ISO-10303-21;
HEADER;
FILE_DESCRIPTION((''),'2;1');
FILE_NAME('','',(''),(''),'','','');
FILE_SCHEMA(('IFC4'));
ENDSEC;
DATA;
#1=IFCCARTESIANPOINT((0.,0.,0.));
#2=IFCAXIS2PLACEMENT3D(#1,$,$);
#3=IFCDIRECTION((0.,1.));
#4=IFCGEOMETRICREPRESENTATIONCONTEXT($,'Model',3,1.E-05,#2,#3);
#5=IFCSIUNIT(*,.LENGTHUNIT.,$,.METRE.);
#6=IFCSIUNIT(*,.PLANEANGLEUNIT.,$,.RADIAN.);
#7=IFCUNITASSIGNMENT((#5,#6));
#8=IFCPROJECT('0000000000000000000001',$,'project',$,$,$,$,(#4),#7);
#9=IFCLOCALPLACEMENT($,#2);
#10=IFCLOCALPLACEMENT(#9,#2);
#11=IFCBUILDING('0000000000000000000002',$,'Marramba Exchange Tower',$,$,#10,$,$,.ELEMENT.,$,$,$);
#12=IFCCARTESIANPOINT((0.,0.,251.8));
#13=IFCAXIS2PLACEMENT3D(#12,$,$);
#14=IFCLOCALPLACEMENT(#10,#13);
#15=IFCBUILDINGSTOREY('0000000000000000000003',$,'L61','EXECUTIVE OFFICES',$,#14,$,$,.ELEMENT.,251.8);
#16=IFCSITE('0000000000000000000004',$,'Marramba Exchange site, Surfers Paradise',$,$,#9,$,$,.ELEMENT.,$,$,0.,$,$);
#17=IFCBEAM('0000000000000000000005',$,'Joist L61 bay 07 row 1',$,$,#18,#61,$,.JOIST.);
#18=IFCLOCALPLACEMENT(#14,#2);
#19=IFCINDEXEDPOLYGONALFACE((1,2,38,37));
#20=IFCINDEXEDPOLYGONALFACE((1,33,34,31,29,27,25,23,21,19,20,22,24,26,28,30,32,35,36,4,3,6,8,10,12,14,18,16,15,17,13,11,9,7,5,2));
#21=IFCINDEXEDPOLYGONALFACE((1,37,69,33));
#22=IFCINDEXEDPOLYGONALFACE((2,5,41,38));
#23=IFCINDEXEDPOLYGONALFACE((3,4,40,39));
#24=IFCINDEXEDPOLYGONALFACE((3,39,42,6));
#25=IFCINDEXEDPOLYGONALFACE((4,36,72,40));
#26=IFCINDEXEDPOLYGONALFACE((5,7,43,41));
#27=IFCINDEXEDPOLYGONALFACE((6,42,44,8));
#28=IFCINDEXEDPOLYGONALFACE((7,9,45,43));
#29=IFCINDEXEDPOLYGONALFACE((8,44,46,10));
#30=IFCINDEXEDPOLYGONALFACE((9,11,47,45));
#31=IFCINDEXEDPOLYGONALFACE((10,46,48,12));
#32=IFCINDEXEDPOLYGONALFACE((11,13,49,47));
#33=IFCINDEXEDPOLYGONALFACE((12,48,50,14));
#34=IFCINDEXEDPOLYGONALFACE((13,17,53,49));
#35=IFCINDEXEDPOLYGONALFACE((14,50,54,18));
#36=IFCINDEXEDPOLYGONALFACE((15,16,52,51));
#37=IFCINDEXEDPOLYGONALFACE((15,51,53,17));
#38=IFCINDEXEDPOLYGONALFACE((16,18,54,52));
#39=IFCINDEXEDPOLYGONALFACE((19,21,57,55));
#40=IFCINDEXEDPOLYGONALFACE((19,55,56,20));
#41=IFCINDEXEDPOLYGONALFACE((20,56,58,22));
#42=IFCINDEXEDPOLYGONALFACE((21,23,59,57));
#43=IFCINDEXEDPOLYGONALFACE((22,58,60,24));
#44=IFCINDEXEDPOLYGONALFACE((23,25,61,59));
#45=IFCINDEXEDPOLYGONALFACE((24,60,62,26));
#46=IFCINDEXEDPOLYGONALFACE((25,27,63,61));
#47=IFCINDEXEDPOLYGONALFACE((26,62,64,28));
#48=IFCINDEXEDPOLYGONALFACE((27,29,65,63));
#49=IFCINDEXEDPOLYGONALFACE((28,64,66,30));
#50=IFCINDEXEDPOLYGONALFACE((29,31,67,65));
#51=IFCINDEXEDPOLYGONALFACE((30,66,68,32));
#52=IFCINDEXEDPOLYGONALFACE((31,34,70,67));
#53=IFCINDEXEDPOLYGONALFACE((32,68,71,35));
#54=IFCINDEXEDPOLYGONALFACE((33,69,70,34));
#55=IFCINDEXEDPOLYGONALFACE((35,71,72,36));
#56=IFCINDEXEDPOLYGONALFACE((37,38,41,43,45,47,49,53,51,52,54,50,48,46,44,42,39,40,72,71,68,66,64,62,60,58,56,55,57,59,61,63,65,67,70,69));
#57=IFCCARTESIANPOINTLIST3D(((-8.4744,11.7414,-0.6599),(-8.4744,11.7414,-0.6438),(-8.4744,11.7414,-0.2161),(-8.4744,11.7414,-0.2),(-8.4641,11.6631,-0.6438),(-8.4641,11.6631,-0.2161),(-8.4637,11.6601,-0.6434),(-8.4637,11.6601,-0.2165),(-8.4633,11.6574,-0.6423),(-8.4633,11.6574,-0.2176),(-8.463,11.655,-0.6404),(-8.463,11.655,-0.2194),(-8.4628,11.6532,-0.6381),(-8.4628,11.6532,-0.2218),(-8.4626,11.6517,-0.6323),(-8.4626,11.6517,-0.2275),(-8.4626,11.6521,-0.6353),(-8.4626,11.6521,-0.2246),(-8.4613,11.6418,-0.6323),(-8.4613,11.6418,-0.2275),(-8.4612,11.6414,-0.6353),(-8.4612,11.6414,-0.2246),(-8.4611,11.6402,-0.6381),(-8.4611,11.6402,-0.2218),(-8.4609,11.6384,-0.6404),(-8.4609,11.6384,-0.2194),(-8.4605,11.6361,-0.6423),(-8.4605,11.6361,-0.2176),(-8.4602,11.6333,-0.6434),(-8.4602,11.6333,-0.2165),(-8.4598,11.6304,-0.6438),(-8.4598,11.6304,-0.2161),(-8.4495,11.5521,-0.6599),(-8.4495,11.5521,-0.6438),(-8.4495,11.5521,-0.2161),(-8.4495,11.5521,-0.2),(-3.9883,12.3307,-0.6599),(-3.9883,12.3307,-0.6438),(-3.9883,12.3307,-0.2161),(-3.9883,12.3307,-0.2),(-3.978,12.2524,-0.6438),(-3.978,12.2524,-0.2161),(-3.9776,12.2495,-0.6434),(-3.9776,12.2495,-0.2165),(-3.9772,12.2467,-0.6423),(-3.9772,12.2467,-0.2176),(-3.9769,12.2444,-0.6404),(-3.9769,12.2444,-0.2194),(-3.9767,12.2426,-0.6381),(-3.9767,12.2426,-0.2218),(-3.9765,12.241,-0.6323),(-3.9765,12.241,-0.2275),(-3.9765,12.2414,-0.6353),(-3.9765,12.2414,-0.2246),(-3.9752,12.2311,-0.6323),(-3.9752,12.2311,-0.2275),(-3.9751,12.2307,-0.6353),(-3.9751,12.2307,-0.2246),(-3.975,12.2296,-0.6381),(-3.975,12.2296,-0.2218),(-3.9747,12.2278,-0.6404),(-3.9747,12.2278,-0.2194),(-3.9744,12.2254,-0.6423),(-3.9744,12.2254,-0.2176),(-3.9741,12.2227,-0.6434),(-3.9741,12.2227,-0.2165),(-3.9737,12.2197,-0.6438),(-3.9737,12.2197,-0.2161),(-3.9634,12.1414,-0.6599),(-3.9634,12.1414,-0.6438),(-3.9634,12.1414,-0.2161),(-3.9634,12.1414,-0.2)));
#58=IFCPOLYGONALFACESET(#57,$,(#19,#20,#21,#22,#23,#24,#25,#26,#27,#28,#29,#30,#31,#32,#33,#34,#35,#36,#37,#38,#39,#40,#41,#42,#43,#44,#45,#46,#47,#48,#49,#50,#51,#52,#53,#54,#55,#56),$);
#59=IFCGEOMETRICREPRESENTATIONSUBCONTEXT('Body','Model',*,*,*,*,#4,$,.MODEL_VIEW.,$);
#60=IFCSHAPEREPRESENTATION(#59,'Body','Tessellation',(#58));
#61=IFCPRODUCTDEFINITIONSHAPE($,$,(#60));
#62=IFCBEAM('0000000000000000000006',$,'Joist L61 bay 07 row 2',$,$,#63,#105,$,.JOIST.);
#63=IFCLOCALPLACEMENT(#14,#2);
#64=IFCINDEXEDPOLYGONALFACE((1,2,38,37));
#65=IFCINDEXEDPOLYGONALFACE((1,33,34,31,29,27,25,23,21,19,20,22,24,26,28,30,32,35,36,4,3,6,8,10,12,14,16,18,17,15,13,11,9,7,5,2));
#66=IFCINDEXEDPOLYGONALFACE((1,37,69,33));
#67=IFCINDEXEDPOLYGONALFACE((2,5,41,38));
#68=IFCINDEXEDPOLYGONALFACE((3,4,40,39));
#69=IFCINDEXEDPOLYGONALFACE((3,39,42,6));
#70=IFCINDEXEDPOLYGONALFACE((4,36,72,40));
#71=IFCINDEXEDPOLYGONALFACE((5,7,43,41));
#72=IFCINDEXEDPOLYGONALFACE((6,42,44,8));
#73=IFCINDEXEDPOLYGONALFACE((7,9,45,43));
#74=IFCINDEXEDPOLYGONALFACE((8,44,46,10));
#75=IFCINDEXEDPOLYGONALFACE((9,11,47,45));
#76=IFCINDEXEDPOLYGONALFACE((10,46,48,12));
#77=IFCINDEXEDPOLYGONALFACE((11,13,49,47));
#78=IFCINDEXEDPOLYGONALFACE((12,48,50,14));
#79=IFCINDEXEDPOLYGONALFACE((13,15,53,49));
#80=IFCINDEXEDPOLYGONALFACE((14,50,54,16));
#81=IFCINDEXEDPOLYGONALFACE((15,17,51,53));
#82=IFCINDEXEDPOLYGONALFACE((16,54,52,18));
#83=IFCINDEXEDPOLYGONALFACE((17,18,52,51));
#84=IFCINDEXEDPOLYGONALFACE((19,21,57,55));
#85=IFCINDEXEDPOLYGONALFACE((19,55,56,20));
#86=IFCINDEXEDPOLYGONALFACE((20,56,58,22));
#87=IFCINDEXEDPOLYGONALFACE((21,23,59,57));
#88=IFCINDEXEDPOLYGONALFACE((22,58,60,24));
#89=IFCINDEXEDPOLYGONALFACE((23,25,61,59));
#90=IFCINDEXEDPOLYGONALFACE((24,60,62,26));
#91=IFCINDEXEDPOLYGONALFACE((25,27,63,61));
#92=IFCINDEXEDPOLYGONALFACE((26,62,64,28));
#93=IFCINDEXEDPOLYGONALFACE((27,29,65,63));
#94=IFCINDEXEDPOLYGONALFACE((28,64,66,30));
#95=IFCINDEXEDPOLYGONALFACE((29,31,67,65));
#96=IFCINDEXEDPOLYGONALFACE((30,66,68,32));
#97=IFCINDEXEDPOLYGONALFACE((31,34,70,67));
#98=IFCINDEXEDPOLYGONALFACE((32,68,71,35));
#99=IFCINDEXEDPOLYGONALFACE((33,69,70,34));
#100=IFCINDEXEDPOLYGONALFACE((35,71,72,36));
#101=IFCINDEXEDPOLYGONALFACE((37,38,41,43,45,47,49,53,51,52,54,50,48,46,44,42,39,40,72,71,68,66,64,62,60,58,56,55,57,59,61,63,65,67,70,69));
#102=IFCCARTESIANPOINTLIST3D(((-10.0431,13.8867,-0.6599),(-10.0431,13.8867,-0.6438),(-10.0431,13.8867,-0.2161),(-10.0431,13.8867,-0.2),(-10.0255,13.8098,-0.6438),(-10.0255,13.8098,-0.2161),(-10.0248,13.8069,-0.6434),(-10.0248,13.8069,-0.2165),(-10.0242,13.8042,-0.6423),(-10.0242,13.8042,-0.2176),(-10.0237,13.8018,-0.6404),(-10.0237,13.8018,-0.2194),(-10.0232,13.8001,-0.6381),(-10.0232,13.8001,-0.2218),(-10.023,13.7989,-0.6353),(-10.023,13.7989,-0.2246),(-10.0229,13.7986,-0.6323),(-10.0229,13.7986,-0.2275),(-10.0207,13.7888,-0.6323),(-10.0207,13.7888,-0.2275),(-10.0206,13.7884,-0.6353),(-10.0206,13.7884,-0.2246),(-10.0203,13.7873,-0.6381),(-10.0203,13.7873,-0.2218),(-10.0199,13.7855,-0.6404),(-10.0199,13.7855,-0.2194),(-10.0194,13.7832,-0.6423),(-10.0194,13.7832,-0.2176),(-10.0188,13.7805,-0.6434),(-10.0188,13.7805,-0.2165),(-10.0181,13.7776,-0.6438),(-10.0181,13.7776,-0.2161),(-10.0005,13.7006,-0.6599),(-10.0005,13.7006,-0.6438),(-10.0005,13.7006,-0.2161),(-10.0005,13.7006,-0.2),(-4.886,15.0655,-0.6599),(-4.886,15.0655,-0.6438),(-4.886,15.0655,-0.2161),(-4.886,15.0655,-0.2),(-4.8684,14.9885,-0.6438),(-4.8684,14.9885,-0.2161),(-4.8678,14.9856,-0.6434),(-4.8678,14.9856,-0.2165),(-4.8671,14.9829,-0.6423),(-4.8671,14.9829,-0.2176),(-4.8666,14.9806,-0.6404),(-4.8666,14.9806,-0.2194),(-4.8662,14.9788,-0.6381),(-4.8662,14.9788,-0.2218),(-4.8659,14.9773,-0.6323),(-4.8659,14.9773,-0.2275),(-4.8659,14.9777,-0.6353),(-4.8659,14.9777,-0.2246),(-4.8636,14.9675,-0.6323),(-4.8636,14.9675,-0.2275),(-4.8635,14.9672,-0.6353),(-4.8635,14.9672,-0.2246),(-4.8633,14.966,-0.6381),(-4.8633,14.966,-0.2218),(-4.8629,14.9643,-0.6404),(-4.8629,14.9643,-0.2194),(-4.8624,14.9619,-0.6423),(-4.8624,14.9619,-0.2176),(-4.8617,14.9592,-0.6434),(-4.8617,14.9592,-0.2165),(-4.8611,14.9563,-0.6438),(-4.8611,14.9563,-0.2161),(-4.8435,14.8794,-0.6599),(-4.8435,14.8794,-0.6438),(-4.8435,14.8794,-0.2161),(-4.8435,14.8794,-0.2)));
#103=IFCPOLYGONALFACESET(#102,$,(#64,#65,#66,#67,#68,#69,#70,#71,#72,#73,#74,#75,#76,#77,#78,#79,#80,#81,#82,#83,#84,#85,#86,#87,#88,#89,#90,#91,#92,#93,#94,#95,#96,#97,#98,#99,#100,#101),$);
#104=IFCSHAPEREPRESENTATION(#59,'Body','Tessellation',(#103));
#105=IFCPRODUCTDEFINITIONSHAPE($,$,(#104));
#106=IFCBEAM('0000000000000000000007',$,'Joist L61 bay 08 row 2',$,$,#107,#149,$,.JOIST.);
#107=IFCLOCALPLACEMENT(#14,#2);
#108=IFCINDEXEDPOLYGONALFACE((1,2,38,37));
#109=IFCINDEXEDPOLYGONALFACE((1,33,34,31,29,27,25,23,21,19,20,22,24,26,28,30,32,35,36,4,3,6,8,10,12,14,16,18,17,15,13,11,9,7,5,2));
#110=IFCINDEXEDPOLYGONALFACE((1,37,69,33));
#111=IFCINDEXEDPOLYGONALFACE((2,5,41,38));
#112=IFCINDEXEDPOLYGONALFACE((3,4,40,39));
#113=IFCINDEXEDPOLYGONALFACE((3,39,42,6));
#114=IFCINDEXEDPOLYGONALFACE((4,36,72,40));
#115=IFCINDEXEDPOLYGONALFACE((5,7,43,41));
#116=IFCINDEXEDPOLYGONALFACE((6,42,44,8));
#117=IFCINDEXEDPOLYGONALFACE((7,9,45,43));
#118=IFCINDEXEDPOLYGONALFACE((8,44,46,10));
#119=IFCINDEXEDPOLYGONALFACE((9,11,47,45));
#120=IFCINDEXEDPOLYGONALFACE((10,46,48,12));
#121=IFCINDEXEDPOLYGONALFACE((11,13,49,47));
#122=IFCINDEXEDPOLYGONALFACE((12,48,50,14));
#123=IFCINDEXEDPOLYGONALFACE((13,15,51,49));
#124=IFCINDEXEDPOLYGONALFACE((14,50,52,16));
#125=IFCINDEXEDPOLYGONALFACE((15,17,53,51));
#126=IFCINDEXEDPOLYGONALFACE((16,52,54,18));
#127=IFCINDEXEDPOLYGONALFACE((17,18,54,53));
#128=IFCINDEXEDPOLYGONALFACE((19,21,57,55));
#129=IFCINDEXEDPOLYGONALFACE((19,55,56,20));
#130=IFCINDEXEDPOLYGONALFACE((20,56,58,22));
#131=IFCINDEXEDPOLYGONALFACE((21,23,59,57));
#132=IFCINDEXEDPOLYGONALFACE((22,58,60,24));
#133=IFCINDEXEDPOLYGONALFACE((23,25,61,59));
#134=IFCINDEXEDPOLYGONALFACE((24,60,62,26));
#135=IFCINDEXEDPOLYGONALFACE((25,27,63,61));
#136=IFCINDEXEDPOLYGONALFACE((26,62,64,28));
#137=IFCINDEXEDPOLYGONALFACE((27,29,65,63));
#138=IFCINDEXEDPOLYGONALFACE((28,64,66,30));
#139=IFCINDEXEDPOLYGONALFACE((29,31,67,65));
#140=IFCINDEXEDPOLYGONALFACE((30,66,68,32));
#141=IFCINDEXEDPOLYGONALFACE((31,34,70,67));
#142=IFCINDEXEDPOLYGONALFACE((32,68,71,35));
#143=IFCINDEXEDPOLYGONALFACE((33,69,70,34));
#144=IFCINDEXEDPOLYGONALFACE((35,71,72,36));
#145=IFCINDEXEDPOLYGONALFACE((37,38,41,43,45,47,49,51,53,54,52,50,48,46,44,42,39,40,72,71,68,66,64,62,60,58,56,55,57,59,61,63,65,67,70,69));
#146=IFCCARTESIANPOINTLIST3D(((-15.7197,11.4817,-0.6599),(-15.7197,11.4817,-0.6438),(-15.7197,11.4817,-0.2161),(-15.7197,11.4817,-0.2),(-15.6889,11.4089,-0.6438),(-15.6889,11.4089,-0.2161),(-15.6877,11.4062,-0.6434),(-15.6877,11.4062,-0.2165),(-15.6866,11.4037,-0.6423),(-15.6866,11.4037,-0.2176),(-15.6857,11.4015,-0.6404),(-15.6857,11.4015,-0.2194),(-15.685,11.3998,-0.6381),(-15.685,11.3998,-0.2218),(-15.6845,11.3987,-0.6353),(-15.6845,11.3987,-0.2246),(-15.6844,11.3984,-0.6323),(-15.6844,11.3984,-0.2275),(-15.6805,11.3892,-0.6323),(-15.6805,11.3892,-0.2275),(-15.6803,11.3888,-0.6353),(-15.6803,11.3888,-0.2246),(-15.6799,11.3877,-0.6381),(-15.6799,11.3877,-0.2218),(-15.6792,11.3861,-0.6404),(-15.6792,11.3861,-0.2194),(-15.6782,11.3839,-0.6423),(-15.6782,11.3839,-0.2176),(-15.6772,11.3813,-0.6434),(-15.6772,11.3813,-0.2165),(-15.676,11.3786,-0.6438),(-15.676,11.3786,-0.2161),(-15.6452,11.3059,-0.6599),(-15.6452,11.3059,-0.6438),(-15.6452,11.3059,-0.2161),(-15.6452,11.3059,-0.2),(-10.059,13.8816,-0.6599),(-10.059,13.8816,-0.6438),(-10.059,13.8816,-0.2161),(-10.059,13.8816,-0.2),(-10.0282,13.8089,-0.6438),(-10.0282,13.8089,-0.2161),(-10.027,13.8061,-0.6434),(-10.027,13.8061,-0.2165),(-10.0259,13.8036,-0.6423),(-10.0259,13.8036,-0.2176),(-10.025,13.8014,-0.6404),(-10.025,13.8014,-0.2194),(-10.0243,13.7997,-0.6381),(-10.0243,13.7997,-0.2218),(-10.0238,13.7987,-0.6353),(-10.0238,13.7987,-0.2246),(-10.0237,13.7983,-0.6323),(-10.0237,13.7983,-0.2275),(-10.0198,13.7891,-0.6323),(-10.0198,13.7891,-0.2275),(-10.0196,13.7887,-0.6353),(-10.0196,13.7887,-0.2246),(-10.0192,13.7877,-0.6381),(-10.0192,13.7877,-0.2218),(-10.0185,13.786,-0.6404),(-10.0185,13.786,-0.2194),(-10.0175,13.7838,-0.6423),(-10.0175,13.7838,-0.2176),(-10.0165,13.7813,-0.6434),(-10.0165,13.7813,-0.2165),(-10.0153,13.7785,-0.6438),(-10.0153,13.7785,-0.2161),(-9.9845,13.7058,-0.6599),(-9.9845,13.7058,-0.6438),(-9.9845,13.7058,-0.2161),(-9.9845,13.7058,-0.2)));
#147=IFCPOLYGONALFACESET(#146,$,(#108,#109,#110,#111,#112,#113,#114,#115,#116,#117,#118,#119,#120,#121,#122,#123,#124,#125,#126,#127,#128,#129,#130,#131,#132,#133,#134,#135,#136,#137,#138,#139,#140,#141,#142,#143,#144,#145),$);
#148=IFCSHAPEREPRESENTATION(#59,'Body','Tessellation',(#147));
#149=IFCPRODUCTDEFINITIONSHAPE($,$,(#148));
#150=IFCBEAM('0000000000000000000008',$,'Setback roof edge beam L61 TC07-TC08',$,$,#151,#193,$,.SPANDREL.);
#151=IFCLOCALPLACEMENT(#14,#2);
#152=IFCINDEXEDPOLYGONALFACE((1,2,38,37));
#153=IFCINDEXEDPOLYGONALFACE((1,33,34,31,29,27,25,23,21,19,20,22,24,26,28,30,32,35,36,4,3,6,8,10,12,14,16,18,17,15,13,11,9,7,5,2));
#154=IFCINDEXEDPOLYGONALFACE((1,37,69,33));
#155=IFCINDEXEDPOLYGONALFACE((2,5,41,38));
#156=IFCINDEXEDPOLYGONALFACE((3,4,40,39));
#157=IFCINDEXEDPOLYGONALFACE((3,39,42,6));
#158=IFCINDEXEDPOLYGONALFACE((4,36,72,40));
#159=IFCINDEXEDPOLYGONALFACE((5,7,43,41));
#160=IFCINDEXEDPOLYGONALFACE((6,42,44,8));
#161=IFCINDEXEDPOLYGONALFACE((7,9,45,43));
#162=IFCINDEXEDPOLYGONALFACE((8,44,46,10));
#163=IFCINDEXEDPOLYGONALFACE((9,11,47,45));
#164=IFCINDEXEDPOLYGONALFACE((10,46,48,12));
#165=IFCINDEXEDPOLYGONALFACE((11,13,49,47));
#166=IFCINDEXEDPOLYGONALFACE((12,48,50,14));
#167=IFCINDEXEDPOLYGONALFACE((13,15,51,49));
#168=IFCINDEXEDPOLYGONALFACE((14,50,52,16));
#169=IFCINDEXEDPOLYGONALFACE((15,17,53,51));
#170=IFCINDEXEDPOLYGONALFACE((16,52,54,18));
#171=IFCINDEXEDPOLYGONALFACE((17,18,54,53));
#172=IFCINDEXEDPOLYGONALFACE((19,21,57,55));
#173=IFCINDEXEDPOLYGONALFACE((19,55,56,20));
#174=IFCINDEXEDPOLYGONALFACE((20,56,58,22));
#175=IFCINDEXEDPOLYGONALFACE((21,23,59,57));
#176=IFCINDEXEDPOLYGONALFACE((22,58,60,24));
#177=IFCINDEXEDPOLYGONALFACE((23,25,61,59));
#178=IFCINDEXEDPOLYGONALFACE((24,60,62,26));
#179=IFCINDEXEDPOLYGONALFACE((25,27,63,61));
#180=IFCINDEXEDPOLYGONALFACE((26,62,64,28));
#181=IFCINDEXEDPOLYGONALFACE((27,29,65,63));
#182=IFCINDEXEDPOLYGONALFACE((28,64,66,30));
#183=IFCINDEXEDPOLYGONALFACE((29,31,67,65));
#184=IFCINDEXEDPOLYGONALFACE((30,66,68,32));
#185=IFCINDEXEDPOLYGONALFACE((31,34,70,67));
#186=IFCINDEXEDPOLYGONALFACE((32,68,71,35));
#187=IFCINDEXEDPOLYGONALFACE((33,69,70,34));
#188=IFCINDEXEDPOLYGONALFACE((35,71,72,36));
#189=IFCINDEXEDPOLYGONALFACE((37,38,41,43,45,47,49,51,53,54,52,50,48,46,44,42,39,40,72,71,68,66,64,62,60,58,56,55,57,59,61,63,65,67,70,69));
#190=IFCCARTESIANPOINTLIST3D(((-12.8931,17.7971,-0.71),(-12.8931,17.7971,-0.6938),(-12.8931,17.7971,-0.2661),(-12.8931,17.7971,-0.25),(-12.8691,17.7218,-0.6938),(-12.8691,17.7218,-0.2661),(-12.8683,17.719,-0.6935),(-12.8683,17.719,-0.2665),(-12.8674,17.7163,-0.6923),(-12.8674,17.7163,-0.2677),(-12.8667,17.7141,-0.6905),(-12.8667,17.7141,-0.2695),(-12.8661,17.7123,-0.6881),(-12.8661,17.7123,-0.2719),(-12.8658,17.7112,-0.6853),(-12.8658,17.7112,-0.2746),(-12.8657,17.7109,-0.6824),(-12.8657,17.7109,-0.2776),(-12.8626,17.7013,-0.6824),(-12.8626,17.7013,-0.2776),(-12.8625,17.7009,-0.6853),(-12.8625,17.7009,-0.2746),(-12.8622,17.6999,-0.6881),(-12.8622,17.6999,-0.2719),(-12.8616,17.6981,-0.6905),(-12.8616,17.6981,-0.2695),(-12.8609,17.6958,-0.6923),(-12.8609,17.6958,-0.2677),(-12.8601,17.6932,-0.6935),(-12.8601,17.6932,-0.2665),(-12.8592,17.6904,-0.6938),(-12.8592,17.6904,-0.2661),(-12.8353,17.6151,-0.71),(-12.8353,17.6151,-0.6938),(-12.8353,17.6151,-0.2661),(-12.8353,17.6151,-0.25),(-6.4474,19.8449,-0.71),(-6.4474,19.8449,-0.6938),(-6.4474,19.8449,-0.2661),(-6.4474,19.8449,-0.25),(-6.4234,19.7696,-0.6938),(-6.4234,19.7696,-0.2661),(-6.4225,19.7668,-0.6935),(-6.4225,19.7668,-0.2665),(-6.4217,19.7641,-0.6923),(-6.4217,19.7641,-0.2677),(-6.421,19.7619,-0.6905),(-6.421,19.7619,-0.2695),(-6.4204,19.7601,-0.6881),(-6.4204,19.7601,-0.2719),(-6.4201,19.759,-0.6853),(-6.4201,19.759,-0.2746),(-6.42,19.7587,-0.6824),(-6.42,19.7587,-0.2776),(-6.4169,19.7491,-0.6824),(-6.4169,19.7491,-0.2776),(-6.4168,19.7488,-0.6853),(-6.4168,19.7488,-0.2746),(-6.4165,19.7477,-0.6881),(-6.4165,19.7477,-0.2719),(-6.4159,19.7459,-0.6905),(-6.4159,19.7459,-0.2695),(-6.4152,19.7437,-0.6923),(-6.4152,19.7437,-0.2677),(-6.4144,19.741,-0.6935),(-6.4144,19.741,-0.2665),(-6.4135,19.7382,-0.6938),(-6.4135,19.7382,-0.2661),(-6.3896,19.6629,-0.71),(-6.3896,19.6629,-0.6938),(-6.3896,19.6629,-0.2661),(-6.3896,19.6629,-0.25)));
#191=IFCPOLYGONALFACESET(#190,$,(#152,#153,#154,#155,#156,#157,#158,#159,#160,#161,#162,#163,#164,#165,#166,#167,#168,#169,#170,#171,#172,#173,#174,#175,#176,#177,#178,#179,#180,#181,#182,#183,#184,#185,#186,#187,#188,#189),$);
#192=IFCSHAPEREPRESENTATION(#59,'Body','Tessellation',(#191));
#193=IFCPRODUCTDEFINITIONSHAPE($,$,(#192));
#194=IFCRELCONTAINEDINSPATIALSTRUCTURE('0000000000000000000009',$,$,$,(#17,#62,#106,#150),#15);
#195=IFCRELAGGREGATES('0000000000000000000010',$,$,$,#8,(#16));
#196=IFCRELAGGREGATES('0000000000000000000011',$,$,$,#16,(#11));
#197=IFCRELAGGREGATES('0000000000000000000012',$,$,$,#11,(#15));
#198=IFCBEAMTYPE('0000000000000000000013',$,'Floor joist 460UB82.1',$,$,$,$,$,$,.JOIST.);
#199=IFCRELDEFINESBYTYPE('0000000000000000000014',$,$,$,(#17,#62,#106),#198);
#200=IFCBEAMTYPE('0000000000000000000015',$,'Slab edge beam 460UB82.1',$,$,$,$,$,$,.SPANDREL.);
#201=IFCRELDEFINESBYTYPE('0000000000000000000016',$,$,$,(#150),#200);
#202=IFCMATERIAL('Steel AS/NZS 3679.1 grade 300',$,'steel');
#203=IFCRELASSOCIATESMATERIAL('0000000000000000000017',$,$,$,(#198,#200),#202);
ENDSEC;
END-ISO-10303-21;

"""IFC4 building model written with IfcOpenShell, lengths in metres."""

from ifc_helpers import new_model, si_unit, direction, frame, origin, origin_2d, place, context, subcontext, project, spatial, i_section, extrude, material, material_profile, profile_set, type_object, element, save


model = new_model("IFC4")

# Units and contexts
model_context = context("Model", 3, precision=1e-05, world=origin(), true_north=direction((0.0, 1.0)))
body_context = subcontext(model_context, "Body", "Model", "MODEL_VIEW")
ifc_project = project(units=[si_unit("LENGTHUNIT", "METRE"), si_unit("PLANEANGLEUNIT", "RADIAN")], contexts=[model_context])

# Site, building, storey
site_placement = place(None, origin())
site = spatial("IfcSite", under=ifc_project, at=site_placement, Name="Marramba Exchange site, Surfers Paradise", CompositionType="ELEMENT", RefElevation=0.0)
building_placement = place(site_placement, origin())
building = spatial("IfcBuilding", under=site, at=building_placement, Name="Marramba Exchange Tower", CompositionType="ELEMENT")
storey_placement = place(building_placement, frame((0.0, 0.0, 251.8)))
storey = spatial("IfcBuildingStorey", under=building, at=storey_placement, Name="L61", Description="EXECUTIVE OFFICES", CompositionType="ELEMENT", Elevation=251.8)

# Beams
ifc_material_1 = material(Name="Steel AS/NZS 3679.1 grade 300", Category="steel")
ifc_material_profile_1 = material_profile(ifc_material_1, i_section(OverallWidth=0.1909, OverallDepth=0.46, WebThickness=0.01, FlangeThickness=0.0161, FilletRadius=0.0115, at=origin_2d()), Name="460UB82.1")
ifc_profile_set_1 = profile_set([ifc_material_profile_1], Name="Steel AS/NZS 3679.1 grade 300")
beam_type_1 = type_object("IfcBeamType", Name="Floor joist 460UB82.1", PredefinedType="JOIST", material=ifc_profile_set_1)
beam_1_placement = place(storey_placement, frame((-3.9758, 12.2361, -0.4299), z_axis=(-0.991481, -0.130255, 0.0), x_axis=(0.130255, -0.991481, 0.0)))
element("IfcBeam", 1, at=beam_1_placement, inside=storey, type_object=beam_type_1, Name="Joist L61 bay 07 row 1", PredefinedType="JOIST", context=body_context, shape_type="SweptSolid", body=[
    extrude(i_section(OverallWidth=0.1909, OverallDepth=0.46, WebThickness=0.01, FlangeThickness=0.0161, FilletRadius=0.0115, at=origin_2d()), origin(), (0.0, 0.0, 1.0), 4.5247),
])
beam_2_placement = place(storey_placement, frame((-4.8647, 14.9724, -0.4299), z_axis=(-0.97486, -0.22282, 0.0), x_axis=(0.22282, -0.97486, 0.0)))
element("IfcBeam", 2, at=beam_2_placement, inside=storey, type_object=beam_type_1, Name="Joist L61 bay 07 row 2", PredefinedType="JOIST", context=body_context, shape_type="SweptSolid", body=[
    extrude(i_section(OverallWidth=0.1909, OverallDepth=0.46, WebThickness=0.01, FlangeThickness=0.0161, FilletRadius=0.0115, at=origin_2d()), origin(), (0.0, 0.0, 1.0), 5.29),
])
beam_3_placement = place(storey_placement, frame((-10.0217, 13.7937, -0.4299), z_axis=(-0.920674, -0.390332, 0.0), x_axis=(0.390332, -0.920674, 0.0)))
element("IfcBeam", 3, at=beam_3_placement, inside=storey, type_object=beam_type_1, Name="Joist L61 bay 08 row 2", PredefinedType="JOIST", context=body_context, shape_type="SweptSolid", body=[
    extrude(i_section(OverallWidth=0.1909, OverallDepth=0.46, WebThickness=0.01, FlangeThickness=0.0161, FilletRadius=0.0115, at=origin_2d()), origin(), (0.0, 0.0, 1.0), 6.1484),
])
ifc_material_profile_2 = material_profile(ifc_material_1, i_section(OverallWidth=0.1909, OverallDepth=0.46, WebThickness=0.01, FlangeThickness=0.0161, FilletRadius=0.0115, at=origin_2d()), Name="460UB82.1")
ifc_profile_set_2 = profile_set([ifc_material_profile_2], Name="Steel AS/NZS 3679.1 grade 300")
beam_type_2 = type_object("IfcBeamType", Name="Slab edge beam 460UB82.1", PredefinedType="SPANDREL", material=ifc_profile_set_2)
beam_4_placement = place(storey_placement, frame((-6.4185, 19.7539, -0.48), z_axis=(-0.953057, -0.302789, 0.0), x_axis=(0.302789, -0.953057, 0.0)))
element("IfcBeam", 4, at=beam_4_placement, inside=storey, type_object=beam_type_2, Name="Setback roof edge beam L61 TC07-TC08", PredefinedType="SPANDREL", context=body_context, shape_type="SweptSolid", body=[
    extrude(i_section(OverallWidth=0.1909, OverallDepth=0.46, WebThickness=0.01, FlangeThickness=0.0161, FilletRadius=0.0115, at=origin_2d()), origin(), (0.0, 0.0, 1.0), 6.7632),
])

save(model, "model.ifc")
